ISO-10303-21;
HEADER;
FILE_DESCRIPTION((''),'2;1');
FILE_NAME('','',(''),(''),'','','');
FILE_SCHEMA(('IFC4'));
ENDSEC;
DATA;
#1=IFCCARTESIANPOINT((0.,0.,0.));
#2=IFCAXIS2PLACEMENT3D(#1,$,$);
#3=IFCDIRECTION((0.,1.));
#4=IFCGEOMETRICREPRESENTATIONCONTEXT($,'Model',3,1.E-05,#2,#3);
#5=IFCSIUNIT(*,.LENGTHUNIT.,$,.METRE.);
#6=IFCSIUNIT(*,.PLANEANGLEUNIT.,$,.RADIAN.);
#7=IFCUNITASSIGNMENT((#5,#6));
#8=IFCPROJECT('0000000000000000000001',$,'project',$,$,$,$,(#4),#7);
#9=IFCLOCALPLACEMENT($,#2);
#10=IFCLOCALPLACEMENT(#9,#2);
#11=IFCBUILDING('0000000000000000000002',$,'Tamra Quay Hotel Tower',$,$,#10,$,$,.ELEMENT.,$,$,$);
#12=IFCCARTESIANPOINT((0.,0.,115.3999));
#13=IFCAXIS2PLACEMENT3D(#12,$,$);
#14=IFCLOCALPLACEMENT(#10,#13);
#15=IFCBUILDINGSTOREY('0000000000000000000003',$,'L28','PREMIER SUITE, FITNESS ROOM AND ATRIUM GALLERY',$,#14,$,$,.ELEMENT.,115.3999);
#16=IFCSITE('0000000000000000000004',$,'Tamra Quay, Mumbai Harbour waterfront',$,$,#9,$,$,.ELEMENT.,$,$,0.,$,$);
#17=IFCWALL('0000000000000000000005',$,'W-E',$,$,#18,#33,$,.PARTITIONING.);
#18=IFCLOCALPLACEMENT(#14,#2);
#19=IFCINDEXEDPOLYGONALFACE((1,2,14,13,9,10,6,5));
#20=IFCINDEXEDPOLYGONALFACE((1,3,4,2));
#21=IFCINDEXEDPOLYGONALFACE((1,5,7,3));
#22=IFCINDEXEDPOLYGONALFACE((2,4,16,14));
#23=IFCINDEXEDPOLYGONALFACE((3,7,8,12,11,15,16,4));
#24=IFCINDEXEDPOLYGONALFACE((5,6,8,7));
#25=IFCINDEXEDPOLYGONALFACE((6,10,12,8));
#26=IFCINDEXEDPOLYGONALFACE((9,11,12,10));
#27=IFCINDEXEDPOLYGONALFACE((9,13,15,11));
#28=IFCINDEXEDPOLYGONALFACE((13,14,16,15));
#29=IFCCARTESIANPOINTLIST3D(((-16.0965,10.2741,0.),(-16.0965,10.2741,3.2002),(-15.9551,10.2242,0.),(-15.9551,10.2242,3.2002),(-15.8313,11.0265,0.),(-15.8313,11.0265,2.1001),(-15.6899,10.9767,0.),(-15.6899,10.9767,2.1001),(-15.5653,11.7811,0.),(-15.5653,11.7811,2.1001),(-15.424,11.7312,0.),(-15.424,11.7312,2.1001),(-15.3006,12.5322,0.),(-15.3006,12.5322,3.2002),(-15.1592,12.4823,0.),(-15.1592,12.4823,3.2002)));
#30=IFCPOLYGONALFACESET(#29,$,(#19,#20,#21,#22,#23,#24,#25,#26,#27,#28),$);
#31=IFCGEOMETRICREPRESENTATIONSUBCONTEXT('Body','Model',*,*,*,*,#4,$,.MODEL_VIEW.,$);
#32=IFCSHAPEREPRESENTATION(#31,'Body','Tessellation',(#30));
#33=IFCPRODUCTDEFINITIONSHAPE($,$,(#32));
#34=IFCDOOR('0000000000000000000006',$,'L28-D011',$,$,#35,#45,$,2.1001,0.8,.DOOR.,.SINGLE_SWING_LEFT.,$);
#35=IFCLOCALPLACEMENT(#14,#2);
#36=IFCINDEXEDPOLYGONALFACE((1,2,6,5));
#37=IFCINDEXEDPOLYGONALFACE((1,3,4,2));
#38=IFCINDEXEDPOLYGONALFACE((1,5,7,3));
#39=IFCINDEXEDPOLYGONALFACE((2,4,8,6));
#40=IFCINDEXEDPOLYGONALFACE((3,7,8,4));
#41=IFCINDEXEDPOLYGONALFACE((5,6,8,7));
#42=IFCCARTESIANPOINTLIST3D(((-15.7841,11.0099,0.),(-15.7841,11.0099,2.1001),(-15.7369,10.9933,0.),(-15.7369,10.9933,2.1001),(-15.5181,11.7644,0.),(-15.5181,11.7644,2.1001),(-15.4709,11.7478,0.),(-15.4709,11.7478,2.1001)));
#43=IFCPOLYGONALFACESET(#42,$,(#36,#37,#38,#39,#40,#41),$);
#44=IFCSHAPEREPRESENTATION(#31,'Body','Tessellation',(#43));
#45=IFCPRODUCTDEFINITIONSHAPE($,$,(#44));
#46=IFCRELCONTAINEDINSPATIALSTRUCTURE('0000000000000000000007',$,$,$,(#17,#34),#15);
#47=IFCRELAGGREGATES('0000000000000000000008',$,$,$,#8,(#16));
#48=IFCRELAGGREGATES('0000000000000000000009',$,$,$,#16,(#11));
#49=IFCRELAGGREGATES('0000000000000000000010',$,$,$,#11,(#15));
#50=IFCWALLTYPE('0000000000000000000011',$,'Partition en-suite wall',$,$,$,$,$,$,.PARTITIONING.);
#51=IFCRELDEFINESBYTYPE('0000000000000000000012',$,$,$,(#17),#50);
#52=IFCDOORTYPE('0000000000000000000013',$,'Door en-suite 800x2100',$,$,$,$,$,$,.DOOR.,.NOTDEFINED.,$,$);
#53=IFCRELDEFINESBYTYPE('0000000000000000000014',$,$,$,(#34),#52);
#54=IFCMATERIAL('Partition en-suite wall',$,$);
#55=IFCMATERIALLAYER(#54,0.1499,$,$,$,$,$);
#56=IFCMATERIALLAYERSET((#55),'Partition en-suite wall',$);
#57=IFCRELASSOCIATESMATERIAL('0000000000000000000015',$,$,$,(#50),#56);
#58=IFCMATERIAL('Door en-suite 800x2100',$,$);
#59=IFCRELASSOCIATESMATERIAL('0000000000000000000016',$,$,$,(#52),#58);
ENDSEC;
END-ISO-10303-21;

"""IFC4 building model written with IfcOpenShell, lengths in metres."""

from ifc_helpers import new_model, si_unit, direction, frame, frame_2d, origin, place, context, subcontext, project, spatial, rectangle, extrude, material, layer, layer_set, type_object, element, fill, save


model = new_model("IFC4")

# Units and contexts
model_context = context("Model", 3, precision=1e-05, world=origin(), true_north=direction((0.0, 1.0)))
body_context = subcontext(model_context, "Body", "Model", "MODEL_VIEW")
ifc_project = project(units=[si_unit("LENGTHUNIT", "METRE"), si_unit("PLANEANGLEUNIT", "RADIAN")], contexts=[model_context])

# Site, building, storey
site_placement = place(None, origin())
site = spatial("IfcSite", under=ifc_project, at=site_placement, Name="Tamra Quay, Mumbai Harbour waterfront", CompositionType="ELEMENT", RefElevation=0.0)
building_placement = place(site_placement, origin())
building = spatial("IfcBuilding", under=site, at=building_placement, Name="Tamra Quay Hotel Tower", CompositionType="ELEMENT")
storey_placement = place(building_placement, frame((0.0, 0.0, 115.3999)))
storey = spatial("IfcBuildingStorey", under=building, at=storey_placement, Name="L28", Description="PREMIER SUITE, FITNESS ROOM AND ATRIUM GALLERY", CompositionType="ELEMENT", Elevation=115.3999)

# Wall, opening, door
ifc_material_1 = material(Name="Partition en-suite wall")
ifc_layer_1 = layer(ifc_material_1, 0.1499)
ifc_layer_set_1 = layer_set([ifc_layer_1], Name="Partition en-suite wall")
wall_type_1 = type_object("IfcWallType", Name="Partition en-suite wall", PredefinedType="PARTITIONING", material=ifc_layer_set_1)
wall_1_placement = place(storey_placement, frame((-16.0259, 10.249, 0.0), z_axis=(0.0, 0.0, 1.0), x_axis=(0.332425, 0.94313, 0.0)))
wall_1 = element("IfcWall", 1, at=wall_1_placement, inside=storey, type_object=wall_type_1, Name="W-E", PredefinedType="PARTITIONING", context=body_context, shape_type="SweptSolid", body=[
    extrude(rectangle(XDim=2.3943, YDim=0.1499, at=frame_2d((1.1973, 0.0))), origin(), (0.0, 0.0, 1.0), 3.2002),
])
opening_1_placement = place(wall_1_placement, frame((0.7981, 0.0, 0.0)))
opening_1 = element("IfcOpeningElement", 2, at=opening_1_placement, cuts=wall_1, PredefinedType="OPENING", context=body_context, shape_type="SweptSolid", body=[
    extrude(rectangle(XDim=0.8, YDim=2.1001, at=frame_2d((0.3999, 1.05))), frame((0.0, 0.085, 0.0), z_axis=(0.0, -1.0, 0.0), x_axis=(1.0, 0.0, 0.0)), (0.0, 0.0, 1.0), 0.1699),
])
ifc_material_2 = material(Name="Door en-suite 800x2100")
door_type_1 = type_object("IfcDoorType", Name="Door en-suite 800x2100", OperationType="NOTDEFINED", PredefinedType="DOOR", material=ifc_material_2)
door_1_placement = place(opening_1_placement, origin())
door_1 = element("IfcDoor", 3, at=door_1_placement, inside=storey, type_object=door_type_1, Name="L28-D011", OperationType="SINGLE_SWING_LEFT", OverallHeight=2.1001, OverallWidth=0.8, PredefinedType="DOOR", context=body_context, shape_type="SweptSolid", body=[
    extrude(rectangle(XDim=0.8, YDim=2.1001, at=frame_2d((0.3999, 1.05))), frame((0.0, 0.0249, 0.0), z_axis=(0.0, -1.0, 0.0), x_axis=(1.0, 0.0, 0.0)), (0.0, 0.0, 1.0), 0.05),
])
fill(opening_1, door_1)

save(model, "model.ifc")
